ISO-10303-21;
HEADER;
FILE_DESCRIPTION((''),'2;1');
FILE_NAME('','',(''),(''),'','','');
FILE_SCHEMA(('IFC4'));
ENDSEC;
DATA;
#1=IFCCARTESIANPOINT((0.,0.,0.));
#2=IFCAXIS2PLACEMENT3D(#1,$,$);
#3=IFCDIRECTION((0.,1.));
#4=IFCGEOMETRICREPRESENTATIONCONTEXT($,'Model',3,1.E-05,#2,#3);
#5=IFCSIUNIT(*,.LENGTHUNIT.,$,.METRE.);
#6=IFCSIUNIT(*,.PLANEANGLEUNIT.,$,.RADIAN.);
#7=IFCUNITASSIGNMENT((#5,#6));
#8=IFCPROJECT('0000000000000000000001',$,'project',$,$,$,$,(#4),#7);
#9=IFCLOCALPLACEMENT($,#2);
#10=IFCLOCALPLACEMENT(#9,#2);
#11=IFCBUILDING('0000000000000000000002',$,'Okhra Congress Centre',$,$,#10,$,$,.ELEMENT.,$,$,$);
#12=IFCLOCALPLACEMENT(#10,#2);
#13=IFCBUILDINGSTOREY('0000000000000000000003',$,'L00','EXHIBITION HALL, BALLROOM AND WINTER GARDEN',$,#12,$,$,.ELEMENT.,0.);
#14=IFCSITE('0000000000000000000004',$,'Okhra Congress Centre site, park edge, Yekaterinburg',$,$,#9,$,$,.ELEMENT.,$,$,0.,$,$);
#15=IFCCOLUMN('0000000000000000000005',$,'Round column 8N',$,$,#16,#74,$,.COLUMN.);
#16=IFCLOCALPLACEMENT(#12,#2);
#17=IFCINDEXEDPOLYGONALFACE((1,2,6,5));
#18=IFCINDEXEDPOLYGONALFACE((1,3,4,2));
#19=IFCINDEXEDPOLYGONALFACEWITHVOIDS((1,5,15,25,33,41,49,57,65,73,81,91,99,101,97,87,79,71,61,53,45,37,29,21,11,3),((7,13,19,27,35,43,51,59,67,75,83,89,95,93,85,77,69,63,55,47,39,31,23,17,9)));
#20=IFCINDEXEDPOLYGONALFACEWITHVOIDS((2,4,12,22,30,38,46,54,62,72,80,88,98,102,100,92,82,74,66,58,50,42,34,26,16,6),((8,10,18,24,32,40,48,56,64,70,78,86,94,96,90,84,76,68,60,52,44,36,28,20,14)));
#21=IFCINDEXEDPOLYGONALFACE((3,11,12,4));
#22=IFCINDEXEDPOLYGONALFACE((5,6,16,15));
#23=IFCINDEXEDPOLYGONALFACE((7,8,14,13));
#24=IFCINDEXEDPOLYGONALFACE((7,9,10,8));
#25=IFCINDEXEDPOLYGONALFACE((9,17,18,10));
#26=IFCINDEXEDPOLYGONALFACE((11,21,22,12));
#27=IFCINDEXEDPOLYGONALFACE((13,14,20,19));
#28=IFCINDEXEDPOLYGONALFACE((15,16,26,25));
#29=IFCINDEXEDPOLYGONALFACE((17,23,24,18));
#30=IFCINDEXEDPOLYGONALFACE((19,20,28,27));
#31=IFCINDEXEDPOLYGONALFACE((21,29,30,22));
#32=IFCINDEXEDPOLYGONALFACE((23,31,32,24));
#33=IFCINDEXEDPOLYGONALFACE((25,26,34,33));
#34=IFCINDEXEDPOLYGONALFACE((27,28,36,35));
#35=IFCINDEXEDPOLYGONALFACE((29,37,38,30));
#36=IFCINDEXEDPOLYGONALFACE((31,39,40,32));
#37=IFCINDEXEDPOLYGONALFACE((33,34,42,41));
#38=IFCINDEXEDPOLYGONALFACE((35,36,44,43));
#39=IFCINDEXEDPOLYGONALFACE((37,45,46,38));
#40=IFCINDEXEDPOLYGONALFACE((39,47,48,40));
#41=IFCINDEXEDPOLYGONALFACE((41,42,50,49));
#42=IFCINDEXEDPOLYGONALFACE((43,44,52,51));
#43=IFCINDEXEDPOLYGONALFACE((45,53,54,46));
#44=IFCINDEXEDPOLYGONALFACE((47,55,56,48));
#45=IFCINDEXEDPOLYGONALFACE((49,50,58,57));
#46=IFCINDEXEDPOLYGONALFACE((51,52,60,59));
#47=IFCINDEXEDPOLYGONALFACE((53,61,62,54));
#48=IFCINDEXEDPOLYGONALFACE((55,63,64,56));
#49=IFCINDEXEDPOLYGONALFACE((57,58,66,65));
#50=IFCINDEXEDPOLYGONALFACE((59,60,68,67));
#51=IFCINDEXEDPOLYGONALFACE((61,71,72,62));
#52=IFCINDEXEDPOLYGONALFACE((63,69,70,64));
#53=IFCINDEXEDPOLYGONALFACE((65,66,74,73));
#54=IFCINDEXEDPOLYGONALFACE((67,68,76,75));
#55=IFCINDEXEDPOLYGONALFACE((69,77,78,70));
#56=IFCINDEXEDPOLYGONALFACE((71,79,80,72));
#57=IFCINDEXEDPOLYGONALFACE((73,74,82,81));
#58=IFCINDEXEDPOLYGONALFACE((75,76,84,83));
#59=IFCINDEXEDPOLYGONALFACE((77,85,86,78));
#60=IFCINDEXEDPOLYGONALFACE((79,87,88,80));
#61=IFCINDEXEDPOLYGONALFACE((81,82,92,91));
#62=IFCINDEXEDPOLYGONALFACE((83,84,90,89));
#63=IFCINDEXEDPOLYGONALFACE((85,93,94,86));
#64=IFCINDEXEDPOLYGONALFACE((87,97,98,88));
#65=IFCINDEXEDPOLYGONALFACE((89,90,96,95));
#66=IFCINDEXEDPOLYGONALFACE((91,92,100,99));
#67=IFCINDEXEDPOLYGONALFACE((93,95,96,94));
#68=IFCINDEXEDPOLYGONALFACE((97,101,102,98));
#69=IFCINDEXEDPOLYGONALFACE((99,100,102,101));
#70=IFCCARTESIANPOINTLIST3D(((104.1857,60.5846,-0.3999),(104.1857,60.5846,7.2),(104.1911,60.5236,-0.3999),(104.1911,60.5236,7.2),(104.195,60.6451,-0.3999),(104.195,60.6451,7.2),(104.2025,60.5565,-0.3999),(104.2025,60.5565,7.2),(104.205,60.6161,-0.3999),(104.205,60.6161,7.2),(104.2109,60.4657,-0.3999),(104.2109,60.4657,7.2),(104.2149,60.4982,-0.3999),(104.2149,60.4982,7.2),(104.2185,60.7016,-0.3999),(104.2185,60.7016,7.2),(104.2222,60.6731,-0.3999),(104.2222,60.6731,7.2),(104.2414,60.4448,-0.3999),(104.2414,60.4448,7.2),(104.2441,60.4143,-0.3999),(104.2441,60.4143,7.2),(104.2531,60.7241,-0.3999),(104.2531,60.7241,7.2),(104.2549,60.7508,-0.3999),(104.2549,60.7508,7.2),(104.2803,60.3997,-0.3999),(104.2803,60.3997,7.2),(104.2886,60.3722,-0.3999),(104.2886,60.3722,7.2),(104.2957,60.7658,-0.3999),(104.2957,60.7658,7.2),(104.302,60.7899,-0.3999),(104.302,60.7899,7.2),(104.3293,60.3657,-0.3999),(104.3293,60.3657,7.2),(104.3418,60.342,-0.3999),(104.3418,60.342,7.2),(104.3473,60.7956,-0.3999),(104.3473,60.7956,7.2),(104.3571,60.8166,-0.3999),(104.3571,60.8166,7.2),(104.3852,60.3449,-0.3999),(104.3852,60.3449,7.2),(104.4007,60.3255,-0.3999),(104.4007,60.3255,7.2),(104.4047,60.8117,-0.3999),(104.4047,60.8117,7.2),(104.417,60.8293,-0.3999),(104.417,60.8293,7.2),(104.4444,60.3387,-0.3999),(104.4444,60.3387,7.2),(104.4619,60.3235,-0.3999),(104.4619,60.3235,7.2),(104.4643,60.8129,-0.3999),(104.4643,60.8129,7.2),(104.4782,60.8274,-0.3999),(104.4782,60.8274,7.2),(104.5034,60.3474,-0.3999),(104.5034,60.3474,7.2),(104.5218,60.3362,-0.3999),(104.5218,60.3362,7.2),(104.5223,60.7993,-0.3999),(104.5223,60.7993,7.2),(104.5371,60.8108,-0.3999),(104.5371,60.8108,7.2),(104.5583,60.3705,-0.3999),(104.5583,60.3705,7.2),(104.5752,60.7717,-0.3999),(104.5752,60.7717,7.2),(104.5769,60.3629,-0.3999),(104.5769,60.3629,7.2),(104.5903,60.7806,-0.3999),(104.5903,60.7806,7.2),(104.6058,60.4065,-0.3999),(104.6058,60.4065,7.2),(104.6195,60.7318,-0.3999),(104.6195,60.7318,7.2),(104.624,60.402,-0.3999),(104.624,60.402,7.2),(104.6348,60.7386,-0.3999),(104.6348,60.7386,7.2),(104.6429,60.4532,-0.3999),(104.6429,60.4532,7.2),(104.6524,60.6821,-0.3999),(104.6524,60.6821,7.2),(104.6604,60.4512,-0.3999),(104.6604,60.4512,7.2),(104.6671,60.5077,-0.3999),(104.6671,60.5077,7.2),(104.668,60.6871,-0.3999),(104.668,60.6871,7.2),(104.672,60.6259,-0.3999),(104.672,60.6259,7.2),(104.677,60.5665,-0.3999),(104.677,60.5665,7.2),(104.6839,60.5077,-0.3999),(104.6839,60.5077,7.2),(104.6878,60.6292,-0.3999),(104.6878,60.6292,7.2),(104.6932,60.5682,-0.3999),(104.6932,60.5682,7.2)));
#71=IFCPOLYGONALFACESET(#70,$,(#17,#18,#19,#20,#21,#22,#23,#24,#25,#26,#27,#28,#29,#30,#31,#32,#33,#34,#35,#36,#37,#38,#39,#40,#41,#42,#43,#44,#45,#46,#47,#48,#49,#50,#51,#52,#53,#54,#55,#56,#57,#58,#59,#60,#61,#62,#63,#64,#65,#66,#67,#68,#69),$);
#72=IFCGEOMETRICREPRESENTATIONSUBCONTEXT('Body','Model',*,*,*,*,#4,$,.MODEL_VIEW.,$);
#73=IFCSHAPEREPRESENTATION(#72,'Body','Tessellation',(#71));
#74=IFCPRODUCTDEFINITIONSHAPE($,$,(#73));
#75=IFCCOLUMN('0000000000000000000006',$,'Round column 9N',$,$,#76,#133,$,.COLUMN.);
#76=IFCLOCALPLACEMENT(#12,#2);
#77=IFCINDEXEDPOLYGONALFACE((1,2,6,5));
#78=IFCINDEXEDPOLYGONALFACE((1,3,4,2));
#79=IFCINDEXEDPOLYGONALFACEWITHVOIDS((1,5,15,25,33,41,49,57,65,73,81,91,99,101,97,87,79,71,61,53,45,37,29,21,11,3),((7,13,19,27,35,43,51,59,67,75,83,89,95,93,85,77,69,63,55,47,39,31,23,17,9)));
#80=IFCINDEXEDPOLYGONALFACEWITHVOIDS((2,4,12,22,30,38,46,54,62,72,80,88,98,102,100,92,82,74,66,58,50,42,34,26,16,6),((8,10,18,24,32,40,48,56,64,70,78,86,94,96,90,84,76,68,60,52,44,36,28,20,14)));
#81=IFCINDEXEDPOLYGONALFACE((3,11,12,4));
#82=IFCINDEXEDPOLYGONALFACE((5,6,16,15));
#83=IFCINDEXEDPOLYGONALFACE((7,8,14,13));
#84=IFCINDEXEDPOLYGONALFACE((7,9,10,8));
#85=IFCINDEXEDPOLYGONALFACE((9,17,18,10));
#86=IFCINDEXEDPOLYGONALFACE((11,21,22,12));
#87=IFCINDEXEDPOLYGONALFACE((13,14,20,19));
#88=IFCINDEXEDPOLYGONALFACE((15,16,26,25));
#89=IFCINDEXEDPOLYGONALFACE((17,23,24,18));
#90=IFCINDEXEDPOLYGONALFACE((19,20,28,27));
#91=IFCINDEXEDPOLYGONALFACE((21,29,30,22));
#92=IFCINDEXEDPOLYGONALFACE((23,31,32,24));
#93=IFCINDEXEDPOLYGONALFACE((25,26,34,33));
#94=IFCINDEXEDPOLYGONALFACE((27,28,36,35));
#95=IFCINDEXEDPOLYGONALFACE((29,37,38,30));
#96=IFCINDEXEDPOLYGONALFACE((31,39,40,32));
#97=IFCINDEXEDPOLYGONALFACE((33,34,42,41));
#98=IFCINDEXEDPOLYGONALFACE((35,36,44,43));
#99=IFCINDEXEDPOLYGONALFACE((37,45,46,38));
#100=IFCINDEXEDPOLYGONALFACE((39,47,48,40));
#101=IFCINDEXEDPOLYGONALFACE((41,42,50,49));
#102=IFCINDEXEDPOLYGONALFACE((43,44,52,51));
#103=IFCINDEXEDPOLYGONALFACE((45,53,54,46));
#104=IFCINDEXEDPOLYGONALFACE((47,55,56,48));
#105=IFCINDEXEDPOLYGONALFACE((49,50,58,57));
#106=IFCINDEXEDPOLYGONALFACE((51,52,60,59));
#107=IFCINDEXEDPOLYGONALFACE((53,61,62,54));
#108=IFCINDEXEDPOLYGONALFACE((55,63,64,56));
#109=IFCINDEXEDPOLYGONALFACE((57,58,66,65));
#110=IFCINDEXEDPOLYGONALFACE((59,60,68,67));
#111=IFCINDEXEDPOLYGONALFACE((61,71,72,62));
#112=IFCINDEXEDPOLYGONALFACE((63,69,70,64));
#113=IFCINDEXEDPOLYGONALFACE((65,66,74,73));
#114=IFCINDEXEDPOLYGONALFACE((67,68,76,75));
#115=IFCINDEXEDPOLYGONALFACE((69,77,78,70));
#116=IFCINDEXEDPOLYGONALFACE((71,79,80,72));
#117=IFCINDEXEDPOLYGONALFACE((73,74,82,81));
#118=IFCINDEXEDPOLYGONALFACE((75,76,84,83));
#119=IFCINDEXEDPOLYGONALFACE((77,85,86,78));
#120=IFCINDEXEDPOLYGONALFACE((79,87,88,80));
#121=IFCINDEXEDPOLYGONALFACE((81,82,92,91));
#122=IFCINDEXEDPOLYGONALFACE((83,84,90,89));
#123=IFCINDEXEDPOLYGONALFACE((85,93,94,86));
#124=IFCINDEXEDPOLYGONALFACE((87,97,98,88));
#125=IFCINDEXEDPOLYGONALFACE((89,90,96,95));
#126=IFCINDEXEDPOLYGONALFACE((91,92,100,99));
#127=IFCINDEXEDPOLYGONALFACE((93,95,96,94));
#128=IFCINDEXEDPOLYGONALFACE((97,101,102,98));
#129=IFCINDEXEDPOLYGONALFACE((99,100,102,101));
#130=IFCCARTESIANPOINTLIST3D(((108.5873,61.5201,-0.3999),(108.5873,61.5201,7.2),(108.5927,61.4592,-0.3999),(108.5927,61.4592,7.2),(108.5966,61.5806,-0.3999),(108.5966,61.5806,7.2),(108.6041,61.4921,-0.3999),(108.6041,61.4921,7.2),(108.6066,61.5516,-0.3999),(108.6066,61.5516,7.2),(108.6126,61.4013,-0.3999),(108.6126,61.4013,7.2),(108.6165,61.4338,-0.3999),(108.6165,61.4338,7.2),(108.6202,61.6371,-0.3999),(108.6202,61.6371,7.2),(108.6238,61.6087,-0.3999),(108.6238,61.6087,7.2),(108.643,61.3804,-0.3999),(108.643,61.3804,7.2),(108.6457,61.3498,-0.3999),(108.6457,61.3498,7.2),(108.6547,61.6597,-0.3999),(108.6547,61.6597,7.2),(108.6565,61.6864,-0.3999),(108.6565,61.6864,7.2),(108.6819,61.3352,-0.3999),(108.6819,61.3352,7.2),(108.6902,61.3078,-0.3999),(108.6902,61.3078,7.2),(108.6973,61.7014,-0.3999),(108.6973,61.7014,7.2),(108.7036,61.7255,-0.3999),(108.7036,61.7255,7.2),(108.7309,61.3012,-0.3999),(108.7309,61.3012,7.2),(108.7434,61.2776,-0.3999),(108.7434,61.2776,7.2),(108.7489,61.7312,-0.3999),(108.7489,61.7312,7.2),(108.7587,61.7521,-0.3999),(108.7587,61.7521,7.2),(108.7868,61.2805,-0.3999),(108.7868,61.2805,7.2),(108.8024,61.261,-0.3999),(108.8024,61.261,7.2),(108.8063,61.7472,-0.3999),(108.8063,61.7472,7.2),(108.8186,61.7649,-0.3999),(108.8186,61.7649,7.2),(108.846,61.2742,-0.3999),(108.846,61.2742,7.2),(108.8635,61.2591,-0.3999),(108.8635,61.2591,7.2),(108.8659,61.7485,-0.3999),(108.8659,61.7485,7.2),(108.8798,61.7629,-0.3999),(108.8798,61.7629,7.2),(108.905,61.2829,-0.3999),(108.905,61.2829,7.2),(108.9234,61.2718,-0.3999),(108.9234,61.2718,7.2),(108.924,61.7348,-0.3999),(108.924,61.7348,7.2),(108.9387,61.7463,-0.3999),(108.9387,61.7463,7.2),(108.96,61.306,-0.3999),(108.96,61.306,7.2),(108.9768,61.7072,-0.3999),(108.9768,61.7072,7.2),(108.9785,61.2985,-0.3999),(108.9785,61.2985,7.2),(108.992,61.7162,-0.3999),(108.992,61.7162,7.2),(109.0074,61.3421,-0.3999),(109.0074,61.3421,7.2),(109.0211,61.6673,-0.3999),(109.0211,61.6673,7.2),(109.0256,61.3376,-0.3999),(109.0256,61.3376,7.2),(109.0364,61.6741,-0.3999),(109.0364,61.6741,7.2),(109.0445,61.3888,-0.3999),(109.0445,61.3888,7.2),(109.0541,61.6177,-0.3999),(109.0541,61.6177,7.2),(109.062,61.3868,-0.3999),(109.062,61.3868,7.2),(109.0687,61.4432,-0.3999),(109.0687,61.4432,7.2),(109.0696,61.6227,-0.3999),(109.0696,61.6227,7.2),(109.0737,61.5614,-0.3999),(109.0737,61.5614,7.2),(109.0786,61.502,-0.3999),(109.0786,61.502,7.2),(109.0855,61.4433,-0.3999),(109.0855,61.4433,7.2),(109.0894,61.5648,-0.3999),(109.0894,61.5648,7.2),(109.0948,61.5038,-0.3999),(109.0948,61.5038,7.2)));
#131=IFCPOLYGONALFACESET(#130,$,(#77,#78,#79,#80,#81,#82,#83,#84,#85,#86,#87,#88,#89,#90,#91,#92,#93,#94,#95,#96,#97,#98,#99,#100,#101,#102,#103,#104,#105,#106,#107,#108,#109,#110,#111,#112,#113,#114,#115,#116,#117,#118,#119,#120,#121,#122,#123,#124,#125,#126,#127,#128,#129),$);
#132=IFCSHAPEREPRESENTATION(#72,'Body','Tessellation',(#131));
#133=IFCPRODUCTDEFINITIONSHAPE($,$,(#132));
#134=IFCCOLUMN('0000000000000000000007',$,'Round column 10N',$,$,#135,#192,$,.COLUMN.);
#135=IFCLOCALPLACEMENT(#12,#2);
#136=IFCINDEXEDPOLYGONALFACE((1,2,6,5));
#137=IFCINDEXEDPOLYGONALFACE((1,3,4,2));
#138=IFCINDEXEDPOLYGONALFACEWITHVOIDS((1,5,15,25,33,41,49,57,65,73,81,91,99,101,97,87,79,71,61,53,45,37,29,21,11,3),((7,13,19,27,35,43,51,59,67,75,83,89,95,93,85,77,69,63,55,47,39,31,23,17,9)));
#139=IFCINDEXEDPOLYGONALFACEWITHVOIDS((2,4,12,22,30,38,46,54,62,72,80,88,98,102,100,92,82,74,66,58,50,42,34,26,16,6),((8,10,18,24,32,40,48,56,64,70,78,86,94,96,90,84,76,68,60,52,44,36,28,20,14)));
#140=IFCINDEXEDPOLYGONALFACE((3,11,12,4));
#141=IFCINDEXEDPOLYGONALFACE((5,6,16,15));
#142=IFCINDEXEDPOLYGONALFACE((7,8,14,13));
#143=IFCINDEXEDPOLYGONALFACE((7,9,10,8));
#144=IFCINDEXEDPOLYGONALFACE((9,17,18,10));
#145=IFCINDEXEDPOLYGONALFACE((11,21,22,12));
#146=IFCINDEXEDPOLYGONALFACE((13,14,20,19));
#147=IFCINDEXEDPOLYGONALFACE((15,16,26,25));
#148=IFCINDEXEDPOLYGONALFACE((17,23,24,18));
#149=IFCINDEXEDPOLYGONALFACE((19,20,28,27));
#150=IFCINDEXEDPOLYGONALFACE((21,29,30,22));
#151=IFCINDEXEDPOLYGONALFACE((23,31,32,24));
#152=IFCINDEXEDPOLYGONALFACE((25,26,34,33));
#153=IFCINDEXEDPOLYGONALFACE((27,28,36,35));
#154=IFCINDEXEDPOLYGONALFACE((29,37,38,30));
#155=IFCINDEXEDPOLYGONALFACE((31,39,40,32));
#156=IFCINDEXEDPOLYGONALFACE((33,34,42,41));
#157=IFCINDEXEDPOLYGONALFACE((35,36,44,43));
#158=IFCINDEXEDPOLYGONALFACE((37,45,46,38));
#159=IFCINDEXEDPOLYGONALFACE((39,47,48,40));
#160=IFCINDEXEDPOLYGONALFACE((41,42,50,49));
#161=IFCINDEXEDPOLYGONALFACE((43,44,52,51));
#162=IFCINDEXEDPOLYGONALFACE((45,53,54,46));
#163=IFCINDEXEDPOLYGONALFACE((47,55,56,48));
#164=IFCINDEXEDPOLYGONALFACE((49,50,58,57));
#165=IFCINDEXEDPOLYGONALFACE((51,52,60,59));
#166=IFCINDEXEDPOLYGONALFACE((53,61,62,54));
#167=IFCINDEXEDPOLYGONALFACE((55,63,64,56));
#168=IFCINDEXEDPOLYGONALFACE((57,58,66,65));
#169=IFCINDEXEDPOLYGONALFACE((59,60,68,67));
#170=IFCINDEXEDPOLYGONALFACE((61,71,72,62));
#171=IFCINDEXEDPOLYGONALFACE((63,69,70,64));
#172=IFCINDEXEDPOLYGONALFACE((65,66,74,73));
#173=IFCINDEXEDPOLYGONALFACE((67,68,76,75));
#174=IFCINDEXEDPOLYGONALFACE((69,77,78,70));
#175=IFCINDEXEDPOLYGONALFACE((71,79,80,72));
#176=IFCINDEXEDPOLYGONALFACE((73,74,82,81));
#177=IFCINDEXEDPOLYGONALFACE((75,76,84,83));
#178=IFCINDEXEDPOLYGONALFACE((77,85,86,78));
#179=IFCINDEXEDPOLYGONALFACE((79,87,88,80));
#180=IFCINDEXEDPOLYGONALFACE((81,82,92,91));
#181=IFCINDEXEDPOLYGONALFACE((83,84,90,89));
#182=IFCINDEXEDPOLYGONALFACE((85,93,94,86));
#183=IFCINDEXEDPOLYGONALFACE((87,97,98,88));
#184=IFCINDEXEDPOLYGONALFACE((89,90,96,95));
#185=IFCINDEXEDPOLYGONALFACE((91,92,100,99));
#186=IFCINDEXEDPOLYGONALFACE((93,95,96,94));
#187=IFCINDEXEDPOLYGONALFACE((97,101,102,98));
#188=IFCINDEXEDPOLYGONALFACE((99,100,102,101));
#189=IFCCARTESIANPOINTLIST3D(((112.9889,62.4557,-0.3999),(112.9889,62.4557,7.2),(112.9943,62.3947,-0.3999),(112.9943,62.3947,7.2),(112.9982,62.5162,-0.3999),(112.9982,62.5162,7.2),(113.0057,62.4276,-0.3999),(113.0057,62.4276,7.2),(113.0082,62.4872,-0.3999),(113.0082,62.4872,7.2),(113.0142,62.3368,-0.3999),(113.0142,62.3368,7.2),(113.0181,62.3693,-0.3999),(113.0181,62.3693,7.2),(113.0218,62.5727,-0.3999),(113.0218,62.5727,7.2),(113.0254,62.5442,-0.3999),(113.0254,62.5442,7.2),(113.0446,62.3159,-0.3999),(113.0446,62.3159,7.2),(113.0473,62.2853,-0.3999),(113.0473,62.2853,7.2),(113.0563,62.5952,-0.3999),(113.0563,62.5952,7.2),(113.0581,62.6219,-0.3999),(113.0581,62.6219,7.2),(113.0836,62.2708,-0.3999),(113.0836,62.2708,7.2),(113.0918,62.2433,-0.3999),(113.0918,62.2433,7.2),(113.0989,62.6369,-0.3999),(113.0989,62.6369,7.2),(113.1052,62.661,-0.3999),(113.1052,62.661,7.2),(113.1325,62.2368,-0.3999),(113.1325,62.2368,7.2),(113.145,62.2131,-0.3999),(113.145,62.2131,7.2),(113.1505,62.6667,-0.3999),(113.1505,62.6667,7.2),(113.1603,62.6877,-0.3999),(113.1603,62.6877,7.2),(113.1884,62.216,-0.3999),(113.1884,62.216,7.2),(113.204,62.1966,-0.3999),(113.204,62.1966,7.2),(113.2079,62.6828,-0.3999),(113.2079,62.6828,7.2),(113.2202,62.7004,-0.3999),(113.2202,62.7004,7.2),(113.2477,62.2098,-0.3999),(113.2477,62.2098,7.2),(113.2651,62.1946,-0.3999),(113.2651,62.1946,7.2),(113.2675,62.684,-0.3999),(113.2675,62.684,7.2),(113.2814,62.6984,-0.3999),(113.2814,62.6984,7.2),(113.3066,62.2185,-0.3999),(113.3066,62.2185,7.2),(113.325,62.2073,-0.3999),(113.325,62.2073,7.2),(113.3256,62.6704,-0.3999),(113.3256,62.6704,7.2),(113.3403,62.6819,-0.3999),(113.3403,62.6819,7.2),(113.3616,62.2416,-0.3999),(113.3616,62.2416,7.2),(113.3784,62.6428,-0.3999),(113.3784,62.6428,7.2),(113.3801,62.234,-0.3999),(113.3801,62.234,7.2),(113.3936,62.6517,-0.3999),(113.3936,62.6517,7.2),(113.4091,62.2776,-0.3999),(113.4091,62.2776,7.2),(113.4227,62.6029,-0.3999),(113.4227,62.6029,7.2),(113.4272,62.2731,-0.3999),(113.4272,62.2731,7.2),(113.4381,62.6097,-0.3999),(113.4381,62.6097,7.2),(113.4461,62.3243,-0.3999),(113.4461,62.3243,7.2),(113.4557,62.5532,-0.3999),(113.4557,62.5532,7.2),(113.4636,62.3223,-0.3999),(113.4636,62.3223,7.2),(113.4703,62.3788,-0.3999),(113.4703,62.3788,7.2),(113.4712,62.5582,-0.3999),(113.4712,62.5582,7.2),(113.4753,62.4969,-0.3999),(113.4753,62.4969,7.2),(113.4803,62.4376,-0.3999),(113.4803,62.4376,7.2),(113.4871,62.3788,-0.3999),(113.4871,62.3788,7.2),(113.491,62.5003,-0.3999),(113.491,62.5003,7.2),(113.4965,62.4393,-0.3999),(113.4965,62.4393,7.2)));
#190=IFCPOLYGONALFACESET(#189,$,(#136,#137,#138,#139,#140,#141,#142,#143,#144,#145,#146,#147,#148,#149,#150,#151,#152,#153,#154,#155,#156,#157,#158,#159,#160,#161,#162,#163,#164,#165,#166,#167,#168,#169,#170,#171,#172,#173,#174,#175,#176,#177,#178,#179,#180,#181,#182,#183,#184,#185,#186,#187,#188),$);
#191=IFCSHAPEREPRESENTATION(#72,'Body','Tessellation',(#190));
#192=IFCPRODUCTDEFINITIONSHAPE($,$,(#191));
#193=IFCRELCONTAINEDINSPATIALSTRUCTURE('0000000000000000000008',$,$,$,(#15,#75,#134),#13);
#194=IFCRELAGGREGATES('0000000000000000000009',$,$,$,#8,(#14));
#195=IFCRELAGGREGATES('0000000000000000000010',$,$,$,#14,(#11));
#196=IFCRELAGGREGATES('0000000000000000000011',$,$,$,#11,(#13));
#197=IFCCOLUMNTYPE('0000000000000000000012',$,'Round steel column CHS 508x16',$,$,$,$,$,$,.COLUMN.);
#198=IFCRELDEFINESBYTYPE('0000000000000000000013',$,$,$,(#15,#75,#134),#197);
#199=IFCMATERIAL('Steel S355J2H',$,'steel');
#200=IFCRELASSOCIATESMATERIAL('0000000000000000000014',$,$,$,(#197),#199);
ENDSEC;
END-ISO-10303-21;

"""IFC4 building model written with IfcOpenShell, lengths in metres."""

from ifc_helpers import new_model, si_unit, direction, frame, origin, origin_2d, place, context, subcontext, project, spatial, hollow_circle, extrude, material, material_profile, profile_set, type_object, element, save


model = new_model("IFC4")

# Units and contexts
model_context = context("Model", 3, precision=1e-05, world=origin(), true_north=direction((0.0, 1.0)))
body_context = subcontext(model_context, "Body", "Model", "MODEL_VIEW")
ifc_project = project(units=[si_unit("LENGTHUNIT", "METRE"), si_unit("PLANEANGLEUNIT", "RADIAN")], contexts=[model_context])

# Site, building, storey
site_placement = place(None, origin())
site = spatial("IfcSite", under=ifc_project, at=site_placement, Name="Okhra Congress Centre site, park edge, Yekaterinburg", CompositionType="ELEMENT", RefElevation=0.0)
building_placement = place(site_placement, origin())
building = spatial("IfcBuilding", under=site, at=building_placement, Name="Okhra Congress Centre", CompositionType="ELEMENT")
storey_placement = place(building_placement, origin())
storey = spatial("IfcBuildingStorey", under=building, at=storey_placement, Name="L00", Description="EXHIBITION HALL, BALLROOM AND WINTER GARDEN", CompositionType="ELEMENT", Elevation=0.0)

# Columns
ifc_material_1 = material(Name="Steel S355J2H", Category="steel")
ifc_material_profile_1 = material_profile(ifc_material_1, hollow_circle(Radius=0.2539, WallThickness=0.0161, at=origin_2d()), Name="CHS 508x16")
ifc_profile_set_1 = profile_set([ifc_material_profile_1], Name="Steel S355J2H")
column_type_1 = type_object("IfcColumnType", Name="Round steel column CHS 508x16", PredefinedType="COLUMN", material=ifc_profile_set_1)
for number, where, z_axis, x_axis, name in (
    (1, (104.4395, 60.5764, -0.3999), (0.0, 0.0, 1.0), (0.978148, 0.207912, 0.0), "Round column 8N"),
    (2, (108.8411, 61.512, -0.3999), (0.0, 0.0, 1.0), (0.978148, 0.207912, 0.0), "Round column 9N"),
    (3, (113.2427, 62.4475, -0.3999), (0.0, 0.0, 1.0), (0.978148, 0.207912, 0.0), "Round column 10N"),
):
    element("IfcColumn", number, at=place(storey_placement, frame(where, z_axis=z_axis, x_axis=x_axis)), inside=storey, type_object=column_type_1, Name=name, PredefinedType="COLUMN", context=body_context, shape_type="SweptSolid", body=[
        extrude(hollow_circle(Radius=0.2539, WallThickness=0.0161, at=origin_2d()), origin(), (0.0, 0.0, 1.0), 7.5999),
    ])

save(model, "model.ifc")
